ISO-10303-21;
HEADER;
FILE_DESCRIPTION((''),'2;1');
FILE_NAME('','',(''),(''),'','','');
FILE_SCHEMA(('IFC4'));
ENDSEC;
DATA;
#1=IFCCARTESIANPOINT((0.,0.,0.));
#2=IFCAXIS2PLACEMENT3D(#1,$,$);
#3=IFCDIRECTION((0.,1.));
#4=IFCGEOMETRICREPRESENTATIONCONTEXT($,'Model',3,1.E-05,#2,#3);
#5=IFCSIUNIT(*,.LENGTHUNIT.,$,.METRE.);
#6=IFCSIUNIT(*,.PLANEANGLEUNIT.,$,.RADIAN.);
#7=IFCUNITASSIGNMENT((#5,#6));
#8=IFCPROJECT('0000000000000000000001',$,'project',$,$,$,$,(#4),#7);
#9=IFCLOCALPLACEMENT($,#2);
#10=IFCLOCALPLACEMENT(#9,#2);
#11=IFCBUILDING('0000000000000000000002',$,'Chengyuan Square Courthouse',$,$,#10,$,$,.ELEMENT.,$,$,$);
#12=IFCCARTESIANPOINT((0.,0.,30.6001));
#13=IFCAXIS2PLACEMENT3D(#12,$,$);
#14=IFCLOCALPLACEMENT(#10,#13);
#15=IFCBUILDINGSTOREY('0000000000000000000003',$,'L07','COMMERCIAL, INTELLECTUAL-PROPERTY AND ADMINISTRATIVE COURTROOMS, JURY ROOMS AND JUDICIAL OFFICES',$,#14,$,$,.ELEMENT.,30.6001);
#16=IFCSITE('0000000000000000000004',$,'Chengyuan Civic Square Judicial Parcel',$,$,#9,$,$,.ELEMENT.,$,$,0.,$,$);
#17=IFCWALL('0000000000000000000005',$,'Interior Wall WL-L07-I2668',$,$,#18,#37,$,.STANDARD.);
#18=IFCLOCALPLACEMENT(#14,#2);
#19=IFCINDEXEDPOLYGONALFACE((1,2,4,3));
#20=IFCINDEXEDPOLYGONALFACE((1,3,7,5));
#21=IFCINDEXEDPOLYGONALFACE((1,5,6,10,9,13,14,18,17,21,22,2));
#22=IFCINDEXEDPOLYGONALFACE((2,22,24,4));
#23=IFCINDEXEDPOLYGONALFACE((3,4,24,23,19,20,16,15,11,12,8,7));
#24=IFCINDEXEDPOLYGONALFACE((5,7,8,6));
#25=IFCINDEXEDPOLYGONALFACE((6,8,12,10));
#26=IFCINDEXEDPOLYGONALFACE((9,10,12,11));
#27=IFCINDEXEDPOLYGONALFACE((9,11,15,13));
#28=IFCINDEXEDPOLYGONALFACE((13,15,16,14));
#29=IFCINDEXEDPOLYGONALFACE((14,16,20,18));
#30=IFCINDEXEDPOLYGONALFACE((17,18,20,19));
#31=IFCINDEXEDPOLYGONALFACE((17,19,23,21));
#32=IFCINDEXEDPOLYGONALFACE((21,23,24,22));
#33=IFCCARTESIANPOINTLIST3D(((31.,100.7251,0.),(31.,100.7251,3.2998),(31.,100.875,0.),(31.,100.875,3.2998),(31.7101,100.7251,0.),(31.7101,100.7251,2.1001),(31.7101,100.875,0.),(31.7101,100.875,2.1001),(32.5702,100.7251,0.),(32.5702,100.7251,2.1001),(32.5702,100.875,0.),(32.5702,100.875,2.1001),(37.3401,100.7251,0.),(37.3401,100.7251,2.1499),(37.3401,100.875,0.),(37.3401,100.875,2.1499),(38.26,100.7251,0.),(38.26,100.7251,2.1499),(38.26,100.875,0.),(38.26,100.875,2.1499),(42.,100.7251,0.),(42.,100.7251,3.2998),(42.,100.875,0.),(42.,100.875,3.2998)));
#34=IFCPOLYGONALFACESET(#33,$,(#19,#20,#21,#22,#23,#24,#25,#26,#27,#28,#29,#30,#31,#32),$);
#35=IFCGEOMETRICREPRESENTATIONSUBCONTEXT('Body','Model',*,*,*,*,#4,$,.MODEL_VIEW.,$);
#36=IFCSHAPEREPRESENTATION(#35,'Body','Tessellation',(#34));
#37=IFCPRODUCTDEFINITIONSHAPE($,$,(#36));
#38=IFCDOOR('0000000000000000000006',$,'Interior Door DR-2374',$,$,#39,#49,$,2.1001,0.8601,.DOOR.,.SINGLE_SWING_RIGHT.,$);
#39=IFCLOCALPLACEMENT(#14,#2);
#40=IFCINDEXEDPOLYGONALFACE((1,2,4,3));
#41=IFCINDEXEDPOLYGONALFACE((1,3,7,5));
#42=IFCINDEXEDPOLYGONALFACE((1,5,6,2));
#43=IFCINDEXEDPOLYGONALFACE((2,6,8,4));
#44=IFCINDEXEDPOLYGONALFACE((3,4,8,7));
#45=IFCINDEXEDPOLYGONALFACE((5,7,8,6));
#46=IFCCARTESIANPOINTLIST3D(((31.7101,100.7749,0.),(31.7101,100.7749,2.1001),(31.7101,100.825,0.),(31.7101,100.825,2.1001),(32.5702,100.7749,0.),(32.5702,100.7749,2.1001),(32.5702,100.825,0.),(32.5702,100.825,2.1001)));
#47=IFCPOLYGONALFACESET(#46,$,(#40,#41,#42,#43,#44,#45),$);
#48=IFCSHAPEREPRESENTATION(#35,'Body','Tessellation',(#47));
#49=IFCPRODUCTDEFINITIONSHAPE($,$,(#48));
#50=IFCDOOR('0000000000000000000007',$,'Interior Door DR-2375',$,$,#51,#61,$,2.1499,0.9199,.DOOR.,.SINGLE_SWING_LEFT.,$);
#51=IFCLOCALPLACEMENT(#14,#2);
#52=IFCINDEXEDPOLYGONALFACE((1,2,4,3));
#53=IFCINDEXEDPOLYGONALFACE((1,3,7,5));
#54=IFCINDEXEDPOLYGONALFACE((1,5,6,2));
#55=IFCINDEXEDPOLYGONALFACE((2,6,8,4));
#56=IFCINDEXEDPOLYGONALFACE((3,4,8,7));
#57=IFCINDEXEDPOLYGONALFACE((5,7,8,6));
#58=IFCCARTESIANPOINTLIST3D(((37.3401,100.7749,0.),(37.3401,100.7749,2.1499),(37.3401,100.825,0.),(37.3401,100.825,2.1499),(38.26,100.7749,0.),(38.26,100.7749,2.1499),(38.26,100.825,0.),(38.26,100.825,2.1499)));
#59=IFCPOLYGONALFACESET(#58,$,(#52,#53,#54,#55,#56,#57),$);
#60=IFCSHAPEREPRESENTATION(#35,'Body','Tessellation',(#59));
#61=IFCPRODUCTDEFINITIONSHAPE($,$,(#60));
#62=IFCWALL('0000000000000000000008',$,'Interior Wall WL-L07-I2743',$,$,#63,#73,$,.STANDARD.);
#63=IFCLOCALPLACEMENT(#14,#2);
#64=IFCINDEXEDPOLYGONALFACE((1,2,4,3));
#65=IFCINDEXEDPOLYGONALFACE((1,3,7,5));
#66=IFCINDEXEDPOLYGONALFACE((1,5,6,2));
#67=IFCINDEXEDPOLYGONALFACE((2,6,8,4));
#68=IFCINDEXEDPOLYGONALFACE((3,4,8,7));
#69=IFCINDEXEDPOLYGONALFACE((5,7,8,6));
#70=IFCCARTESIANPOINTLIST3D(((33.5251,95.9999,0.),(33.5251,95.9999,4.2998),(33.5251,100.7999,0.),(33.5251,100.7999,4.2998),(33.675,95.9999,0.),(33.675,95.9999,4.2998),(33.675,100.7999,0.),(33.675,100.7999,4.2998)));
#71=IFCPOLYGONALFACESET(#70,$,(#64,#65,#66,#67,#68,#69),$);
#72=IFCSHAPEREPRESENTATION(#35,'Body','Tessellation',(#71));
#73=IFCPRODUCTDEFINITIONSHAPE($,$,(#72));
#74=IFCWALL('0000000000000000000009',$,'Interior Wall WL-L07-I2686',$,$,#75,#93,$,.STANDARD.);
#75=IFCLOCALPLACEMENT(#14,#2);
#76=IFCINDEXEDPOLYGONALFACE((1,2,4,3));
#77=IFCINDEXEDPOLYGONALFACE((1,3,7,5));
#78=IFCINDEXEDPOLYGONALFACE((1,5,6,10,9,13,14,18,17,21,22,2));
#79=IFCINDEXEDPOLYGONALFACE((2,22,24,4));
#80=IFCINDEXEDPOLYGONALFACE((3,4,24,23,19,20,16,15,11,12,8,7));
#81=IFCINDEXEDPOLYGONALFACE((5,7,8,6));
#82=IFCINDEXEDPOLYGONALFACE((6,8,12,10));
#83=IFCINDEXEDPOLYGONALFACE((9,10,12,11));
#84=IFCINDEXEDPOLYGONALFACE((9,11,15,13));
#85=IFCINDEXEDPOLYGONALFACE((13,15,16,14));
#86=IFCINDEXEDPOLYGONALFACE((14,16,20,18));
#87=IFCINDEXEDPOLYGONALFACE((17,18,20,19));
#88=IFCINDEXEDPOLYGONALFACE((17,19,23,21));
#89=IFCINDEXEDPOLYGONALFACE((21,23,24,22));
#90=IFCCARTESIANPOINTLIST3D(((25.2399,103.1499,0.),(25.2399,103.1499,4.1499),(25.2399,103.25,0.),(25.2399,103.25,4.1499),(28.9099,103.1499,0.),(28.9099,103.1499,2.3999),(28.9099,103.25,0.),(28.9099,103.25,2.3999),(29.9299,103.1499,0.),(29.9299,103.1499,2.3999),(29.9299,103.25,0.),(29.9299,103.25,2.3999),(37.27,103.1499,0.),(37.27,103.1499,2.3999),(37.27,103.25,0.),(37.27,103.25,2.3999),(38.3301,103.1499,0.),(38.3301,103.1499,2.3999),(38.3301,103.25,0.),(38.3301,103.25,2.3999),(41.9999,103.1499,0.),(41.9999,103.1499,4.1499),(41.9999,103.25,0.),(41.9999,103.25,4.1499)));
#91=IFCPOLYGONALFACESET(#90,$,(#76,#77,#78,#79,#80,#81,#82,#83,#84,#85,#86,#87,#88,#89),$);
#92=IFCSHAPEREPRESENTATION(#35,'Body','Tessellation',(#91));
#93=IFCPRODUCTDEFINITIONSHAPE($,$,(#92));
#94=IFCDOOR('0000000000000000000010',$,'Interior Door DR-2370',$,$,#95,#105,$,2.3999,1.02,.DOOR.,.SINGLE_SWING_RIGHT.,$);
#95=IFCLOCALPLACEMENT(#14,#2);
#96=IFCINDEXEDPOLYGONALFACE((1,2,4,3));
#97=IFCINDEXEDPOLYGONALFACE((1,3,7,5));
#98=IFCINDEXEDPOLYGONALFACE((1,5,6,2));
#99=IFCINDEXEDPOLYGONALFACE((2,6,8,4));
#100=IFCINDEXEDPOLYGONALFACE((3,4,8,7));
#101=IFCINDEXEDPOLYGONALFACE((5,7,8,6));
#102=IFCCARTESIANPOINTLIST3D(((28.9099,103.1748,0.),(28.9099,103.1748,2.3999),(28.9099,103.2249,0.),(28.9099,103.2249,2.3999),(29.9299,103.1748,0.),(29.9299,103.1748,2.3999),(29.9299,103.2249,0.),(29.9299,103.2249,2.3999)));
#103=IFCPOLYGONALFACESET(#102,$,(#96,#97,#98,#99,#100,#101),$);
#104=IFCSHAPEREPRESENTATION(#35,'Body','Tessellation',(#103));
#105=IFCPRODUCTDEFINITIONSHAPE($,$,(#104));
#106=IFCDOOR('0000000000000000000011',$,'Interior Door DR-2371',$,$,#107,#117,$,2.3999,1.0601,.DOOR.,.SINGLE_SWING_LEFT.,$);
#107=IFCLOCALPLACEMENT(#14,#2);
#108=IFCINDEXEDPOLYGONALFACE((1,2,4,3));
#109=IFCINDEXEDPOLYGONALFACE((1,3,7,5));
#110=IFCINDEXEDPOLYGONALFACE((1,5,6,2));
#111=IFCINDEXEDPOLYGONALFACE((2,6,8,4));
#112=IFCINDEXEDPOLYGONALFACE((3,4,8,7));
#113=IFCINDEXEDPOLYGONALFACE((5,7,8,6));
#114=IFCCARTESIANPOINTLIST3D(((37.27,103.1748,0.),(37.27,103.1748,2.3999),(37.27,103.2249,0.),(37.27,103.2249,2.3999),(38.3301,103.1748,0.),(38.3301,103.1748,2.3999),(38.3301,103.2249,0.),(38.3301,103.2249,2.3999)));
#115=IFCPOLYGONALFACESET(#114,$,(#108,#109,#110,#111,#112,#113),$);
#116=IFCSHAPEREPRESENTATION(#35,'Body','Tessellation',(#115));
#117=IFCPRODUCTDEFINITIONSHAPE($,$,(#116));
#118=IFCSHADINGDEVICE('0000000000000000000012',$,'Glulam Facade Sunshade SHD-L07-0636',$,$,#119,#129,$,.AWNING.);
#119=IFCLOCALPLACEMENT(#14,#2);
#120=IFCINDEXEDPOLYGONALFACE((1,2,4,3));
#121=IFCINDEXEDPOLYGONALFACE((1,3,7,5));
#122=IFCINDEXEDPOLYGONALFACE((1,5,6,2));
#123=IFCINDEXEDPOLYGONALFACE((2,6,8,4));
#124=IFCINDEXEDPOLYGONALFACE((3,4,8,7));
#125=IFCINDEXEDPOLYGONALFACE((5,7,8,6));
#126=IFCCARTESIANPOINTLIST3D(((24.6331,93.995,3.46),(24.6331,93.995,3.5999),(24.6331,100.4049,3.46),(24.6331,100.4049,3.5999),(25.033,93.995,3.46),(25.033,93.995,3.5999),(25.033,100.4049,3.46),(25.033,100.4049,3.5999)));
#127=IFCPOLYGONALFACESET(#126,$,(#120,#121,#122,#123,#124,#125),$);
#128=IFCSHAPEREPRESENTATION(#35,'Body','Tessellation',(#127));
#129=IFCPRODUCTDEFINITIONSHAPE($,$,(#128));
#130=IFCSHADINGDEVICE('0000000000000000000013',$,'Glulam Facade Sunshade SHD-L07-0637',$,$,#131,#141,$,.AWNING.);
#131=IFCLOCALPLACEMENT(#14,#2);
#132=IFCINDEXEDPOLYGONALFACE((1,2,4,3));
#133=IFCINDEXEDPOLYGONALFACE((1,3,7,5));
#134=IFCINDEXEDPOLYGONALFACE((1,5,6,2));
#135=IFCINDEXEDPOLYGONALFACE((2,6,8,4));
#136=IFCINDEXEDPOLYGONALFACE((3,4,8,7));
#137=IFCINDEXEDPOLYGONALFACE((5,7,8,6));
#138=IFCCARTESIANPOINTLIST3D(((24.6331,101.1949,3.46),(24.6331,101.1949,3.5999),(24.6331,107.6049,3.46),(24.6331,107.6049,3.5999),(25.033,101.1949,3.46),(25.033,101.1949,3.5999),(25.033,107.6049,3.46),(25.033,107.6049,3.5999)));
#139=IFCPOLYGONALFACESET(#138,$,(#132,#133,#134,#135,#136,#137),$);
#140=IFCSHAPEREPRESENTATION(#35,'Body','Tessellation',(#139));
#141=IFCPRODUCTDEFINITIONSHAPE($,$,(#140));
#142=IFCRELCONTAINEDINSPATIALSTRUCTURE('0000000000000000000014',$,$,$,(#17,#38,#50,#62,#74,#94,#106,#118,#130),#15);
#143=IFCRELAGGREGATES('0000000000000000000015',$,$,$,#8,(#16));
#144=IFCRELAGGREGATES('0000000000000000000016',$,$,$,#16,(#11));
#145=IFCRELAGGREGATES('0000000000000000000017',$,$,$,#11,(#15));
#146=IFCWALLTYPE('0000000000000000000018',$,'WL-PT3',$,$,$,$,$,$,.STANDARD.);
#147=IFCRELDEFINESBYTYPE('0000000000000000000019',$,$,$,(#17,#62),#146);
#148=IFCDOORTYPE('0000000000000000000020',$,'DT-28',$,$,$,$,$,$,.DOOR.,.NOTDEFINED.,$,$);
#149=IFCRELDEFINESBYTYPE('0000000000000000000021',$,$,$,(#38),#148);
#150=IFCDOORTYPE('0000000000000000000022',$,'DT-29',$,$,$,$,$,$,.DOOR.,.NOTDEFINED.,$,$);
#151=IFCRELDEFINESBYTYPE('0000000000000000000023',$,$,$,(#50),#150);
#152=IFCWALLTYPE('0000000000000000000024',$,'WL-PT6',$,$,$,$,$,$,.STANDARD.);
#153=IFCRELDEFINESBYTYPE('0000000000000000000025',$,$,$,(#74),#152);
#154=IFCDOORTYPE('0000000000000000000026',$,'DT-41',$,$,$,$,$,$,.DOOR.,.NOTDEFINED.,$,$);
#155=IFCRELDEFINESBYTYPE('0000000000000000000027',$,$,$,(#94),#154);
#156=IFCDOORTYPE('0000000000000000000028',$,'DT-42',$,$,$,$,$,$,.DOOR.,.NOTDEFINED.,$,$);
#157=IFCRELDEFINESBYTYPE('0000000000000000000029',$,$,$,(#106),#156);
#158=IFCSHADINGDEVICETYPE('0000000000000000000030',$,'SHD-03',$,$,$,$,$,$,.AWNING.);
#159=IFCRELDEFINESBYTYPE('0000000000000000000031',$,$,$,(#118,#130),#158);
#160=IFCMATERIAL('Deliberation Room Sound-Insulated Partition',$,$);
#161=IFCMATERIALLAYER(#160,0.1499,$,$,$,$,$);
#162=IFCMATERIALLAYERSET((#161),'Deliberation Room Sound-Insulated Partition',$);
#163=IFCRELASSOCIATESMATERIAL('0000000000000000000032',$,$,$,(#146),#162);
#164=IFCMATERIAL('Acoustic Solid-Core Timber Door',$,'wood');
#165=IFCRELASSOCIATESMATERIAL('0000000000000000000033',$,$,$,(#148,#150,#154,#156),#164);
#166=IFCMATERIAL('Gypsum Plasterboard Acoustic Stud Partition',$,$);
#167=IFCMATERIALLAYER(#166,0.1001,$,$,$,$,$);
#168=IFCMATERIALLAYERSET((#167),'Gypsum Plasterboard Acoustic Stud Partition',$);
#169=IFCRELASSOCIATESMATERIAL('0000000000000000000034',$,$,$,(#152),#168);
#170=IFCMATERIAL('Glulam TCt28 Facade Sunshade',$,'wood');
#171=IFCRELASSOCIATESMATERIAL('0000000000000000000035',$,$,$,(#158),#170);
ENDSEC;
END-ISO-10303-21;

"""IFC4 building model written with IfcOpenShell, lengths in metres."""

from ifc_helpers import new_model, si_unit, direction, frame, frame_2d, origin, origin_2d, place, context, subcontext, project, spatial, rectangle, extrude, material, layer, layer_set, type_object, element, fill, save


model = new_model("IFC4")

# Units and contexts
model_context = context("Model", 3, precision=1e-05, world=origin(), true_north=direction((0.0, 1.0)))
body_context = subcontext(model_context, "Body", "Model", "MODEL_VIEW")
ifc_project = project(units=[si_unit("LENGTHUNIT", "METRE"), si_unit("PLANEANGLEUNIT", "RADIAN")], contexts=[model_context])

# Site, building, storey
site_placement = place(None, origin())
site = spatial("IfcSite", under=ifc_project, at=site_placement, Name="Chengyuan Civic Square Judicial Parcel", CompositionType="ELEMENT", RefElevation=0.0)
building_placement = place(site_placement, origin())
building = spatial("IfcBuilding", under=site, at=building_placement, Name="Chengyuan Square Courthouse", CompositionType="ELEMENT")
storey_placement = place(building_placement, frame((0.0, 0.0, 30.6001)))
storey = spatial("IfcBuildingStorey", under=building, at=storey_placement, Name="L07", Description="COMMERCIAL, INTELLECTUAL-PROPERTY AND ADMINISTRATIVE COURTROOMS, JURY ROOMS AND JUDICIAL OFFICES", CompositionType="ELEMENT", Elevation=30.6001)

# Wall, openings, doors
ifc_material_1 = material(Name="Deliberation Room Sound-Insulated Partition")
ifc_layer_1 = layer(ifc_material_1, 0.1499)
ifc_layer_set_1 = layer_set([ifc_layer_1], Name="Deliberation Room Sound-Insulated Partition")
wall_type_1 = type_object("IfcWallType", Name="WL-PT3", PredefinedType="STANDARD", material=ifc_layer_set_1)
wall_1_placement = place(storey_placement, frame((31.0, 100.8, 0.0), z_axis=(0.0, 0.0, 1.0), x_axis=(1.0, 0.0, 0.0)))
wall_1 = element("IfcWall", 1, at=wall_1_placement, inside=storey, type_object=wall_type_1, Name="Interior Wall WL-L07-I2668", PredefinedType="STANDARD", context=body_context, shape_type="SweptSolid", body=[
    extrude(rectangle(XDim=11.0, YDim=0.1499, at=frame_2d((5.5, 0.0))), origin(), (0.0, 0.0, 1.0), 3.2998),
])
opening_1_placement = place(wall_1_placement, frame((0.71, 0.0, 0.0)))
opening_1 = element("IfcOpeningElement", 2, at=opening_1_placement, cuts=wall_1, PredefinedType="OPENING", context=body_context, shape_type="SweptSolid", body=[
    extrude(rectangle(XDim=0.8601, YDim=2.1001, at=frame_2d((0.4302, 1.05))), frame((0.0, 0.0869, 0.0), z_axis=(0.0, -1.0, 0.0), x_axis=(1.0, 0.0, 0.0)), (0.0, 0.0, 1.0), 0.1738),
])
opening_2_placement = place(wall_1_placement, frame((6.3401, 0.0, 0.0)))
opening_2 = element("IfcOpeningElement", 3, at=opening_2_placement, cuts=wall_1, PredefinedType="OPENING", context=body_context, shape_type="SweptSolid", body=[
    extrude(rectangle(XDim=0.9199, YDim=2.1499, at=frame_2d((0.46, 1.075))), frame((0.0, 0.0869, 0.0), z_axis=(0.0, -1.0, 0.0), x_axis=(1.0, 0.0, 0.0)), (0.0, 0.0, 1.0), 0.1738),
])
ifc_material_2 = material(Name="Acoustic Solid-Core Timber Door", Category="wood")
door_type_1 = type_object("IfcDoorType", Name="DT-28", OperationType="NOTDEFINED", PredefinedType="DOOR", material=ifc_material_2)
door_1_placement = place(opening_1_placement, origin())
door_1 = element("IfcDoor", 4, at=door_1_placement, inside=storey, type_object=door_type_1, Name="Interior Door DR-2374", OperationType="SINGLE_SWING_RIGHT", OverallHeight=2.1001, OverallWidth=0.8601, PredefinedType="DOOR", context=body_context, shape_type="SweptSolid", body=[
    extrude(rectangle(XDim=0.8601, YDim=2.1001, at=frame_2d((0.4302, 1.05))), frame((0.0, 0.0249, 0.0), z_axis=(0.0, -1.0, 0.0), x_axis=(1.0, 0.0, 0.0)), (0.0, 0.0, 1.0), 0.05),
])
fill(opening_1, door_1)
door_type_2 = type_object("IfcDoorType", Name="DT-29", OperationType="NOTDEFINED", PredefinedType="DOOR", material=ifc_material_2)
door_2_placement = place(opening_2_placement, origin())
door_2 = element("IfcDoor", 5, at=door_2_placement, inside=storey, type_object=door_type_2, Name="Interior Door DR-2375", OperationType="SINGLE_SWING_LEFT", OverallHeight=2.1499, OverallWidth=0.9199, PredefinedType="DOOR", context=body_context, shape_type="SweptSolid", body=[
    extrude(rectangle(XDim=0.9199, YDim=2.1499, at=frame_2d((0.46, 1.075))), frame((0.0, 0.0249, 0.0), z_axis=(0.0, -1.0, 0.0), x_axis=(1.0, 0.0, 0.0)), (0.0, 0.0, 1.0), 0.05),
])
fill(opening_2, door_2)

# Wall
wall_2_placement = place(storey_placement, frame((33.6001, 96.0, 0.0), z_axis=(0.0, 0.0, 1.0), x_axis=(0.0, 1.0, 0.0)))
element("IfcWall", 6, at=wall_2_placement, inside=storey, type_object=wall_type_1, Name="Interior Wall WL-L07-I2743", PredefinedType="STANDARD", context=body_context, shape_type="SweptSolid", body=[
    extrude(rectangle(XDim=4.8, YDim=0.1499, at=frame_2d((2.3999, 0.0))), origin(), (0.0, 0.0, 1.0), 4.2998),
])

# Wall, openings, doors
ifc_material_3 = material(Name="Gypsum Plasterboard Acoustic Stud Partition")
ifc_layer_2 = layer(ifc_material_3, 0.1001)
ifc_layer_set_2 = layer_set([ifc_layer_2], Name="Gypsum Plasterboard Acoustic Stud Partition")
wall_type_2 = type_object("IfcWallType", Name="WL-PT6", PredefinedType="STANDARD", material=ifc_layer_set_2)
wall_3_placement = place(storey_placement, frame((25.24, 103.2, 0.0), z_axis=(0.0, 0.0, 1.0), x_axis=(1.0, 0.0, 0.0)))
wall_3 = element("IfcWall", 7, at=wall_3_placement, inside=storey, type_object=wall_type_2, Name="Interior Wall WL-L07-I2686", PredefinedType="STANDARD", context=body_context, shape_type="SweptSolid", body=[
    extrude(rectangle(XDim=16.76, YDim=0.1001, at=frame_2d((8.3799, 0.0))), origin(), (0.0, 0.0, 1.0), 4.1499),
])
opening_3_placement = place(wall_3_placement, frame((3.6699, 0.0, 0.0)))
opening_3 = element("IfcOpeningElement", 8, at=opening_3_placement, cuts=wall_3, PredefinedType="OPENING", context=body_context, shape_type="SweptSolid", body=[
    extrude(rectangle(XDim=1.02, YDim=2.3999, at=frame_2d((0.51, 1.2))), frame((0.0, 0.062, 0.0), z_axis=(0.0, -1.0, 0.0), x_axis=(1.0, 0.0, 0.0)), (0.0, 0.0, 1.0), 0.124),
])
opening_4_placement = place(wall_3_placement, frame((12.03, 0.0, 0.0)))
opening_4 = element("IfcOpeningElement", 9, at=opening_4_placement, cuts=wall_3, PredefinedType="OPENING", context=body_context, shape_type="SweptSolid", body=[
    extrude(rectangle(XDim=1.0601, YDim=2.3999, at=frame_2d((0.53, 1.2))), frame((0.0, 0.062, 0.0), z_axis=(0.0, -1.0, 0.0), x_axis=(1.0, 0.0, 0.0)), (0.0, 0.0, 1.0), 0.124),
])
door_type_3 = type_object("IfcDoorType", Name="DT-41", OperationType="NOTDEFINED", PredefinedType="DOOR", material=ifc_material_2)
door_3_placement = place(opening_3_placement, origin())
door_3 = element("IfcDoor", 10, at=door_3_placement, inside=storey, type_object=door_type_3, Name="Interior Door DR-2370", OperationType="SINGLE_SWING_RIGHT", OverallHeight=2.3999, OverallWidth=1.02, PredefinedType="DOOR", context=body_context, shape_type="SweptSolid", body=[
    extrude(rectangle(XDim=1.02, YDim=2.3999, at=frame_2d((0.51, 1.2))), frame((0.0, 0.0249, 0.0), z_axis=(0.0, -1.0, 0.0), x_axis=(1.0, 0.0, 0.0)), (0.0, 0.0, 1.0), 0.05),
])
fill(opening_3, door_3)
door_type_4 = type_object("IfcDoorType", Name="DT-42", OperationType="NOTDEFINED", PredefinedType="DOOR", material=ifc_material_2)
door_4_placement = place(opening_4_placement, origin())
door_4 = element("IfcDoor", 11, at=door_4_placement, inside=storey, type_object=door_type_4, Name="Interior Door DR-2371", OperationType="SINGLE_SWING_LEFT", OverallHeight=2.3999, OverallWidth=1.0601, PredefinedType="DOOR", context=body_context, shape_type="SweptSolid", body=[
    extrude(rectangle(XDim=1.0601, YDim=2.3999, at=frame_2d((0.53, 1.2))), frame((0.0, 0.0249, 0.0), z_axis=(0.0, -1.0, 0.0), x_axis=(1.0, 0.0, 0.0)), (0.0, 0.0, 1.0), 0.05),
])
fill(opening_4, door_4)

# Shading devices
ifc_material_4 = material(Name="Glulam TCt28 Facade Sunshade", Category="wood")
shading_device_type = type_object("IfcShadingDeviceType", Name="SHD-03", PredefinedType="AWNING", material=ifc_material_4)
for number, where, z_axis, x_axis, name in (
    (12, (24.833, 97.2, 3.46), (0.0, 0.0, 1.0), (0.0, 1.0, 0.0), "Glulam Facade Sunshade SHD-L07-0636"),
    (13, (24.833, 104.3999, 3.46), (0.0, 0.0, 1.0), (0.0, 1.0, 0.0), "Glulam Facade Sunshade SHD-L07-0637"),
):
    element("IfcShadingDevice", number, at=place(storey_placement, frame(where, z_axis=z_axis, x_axis=x_axis)), inside=storey, type_object=shading_device_type, Name=name, PredefinedType="AWNING", context=body_context, shape_type="SweptSolid", body=[
        extrude(rectangle(XDim=6.4099, YDim=0.3999, at=origin_2d()), origin(), (0.0, 0.0, 1.0), 0.1399),
    ])

save(model, "model.ifc")
